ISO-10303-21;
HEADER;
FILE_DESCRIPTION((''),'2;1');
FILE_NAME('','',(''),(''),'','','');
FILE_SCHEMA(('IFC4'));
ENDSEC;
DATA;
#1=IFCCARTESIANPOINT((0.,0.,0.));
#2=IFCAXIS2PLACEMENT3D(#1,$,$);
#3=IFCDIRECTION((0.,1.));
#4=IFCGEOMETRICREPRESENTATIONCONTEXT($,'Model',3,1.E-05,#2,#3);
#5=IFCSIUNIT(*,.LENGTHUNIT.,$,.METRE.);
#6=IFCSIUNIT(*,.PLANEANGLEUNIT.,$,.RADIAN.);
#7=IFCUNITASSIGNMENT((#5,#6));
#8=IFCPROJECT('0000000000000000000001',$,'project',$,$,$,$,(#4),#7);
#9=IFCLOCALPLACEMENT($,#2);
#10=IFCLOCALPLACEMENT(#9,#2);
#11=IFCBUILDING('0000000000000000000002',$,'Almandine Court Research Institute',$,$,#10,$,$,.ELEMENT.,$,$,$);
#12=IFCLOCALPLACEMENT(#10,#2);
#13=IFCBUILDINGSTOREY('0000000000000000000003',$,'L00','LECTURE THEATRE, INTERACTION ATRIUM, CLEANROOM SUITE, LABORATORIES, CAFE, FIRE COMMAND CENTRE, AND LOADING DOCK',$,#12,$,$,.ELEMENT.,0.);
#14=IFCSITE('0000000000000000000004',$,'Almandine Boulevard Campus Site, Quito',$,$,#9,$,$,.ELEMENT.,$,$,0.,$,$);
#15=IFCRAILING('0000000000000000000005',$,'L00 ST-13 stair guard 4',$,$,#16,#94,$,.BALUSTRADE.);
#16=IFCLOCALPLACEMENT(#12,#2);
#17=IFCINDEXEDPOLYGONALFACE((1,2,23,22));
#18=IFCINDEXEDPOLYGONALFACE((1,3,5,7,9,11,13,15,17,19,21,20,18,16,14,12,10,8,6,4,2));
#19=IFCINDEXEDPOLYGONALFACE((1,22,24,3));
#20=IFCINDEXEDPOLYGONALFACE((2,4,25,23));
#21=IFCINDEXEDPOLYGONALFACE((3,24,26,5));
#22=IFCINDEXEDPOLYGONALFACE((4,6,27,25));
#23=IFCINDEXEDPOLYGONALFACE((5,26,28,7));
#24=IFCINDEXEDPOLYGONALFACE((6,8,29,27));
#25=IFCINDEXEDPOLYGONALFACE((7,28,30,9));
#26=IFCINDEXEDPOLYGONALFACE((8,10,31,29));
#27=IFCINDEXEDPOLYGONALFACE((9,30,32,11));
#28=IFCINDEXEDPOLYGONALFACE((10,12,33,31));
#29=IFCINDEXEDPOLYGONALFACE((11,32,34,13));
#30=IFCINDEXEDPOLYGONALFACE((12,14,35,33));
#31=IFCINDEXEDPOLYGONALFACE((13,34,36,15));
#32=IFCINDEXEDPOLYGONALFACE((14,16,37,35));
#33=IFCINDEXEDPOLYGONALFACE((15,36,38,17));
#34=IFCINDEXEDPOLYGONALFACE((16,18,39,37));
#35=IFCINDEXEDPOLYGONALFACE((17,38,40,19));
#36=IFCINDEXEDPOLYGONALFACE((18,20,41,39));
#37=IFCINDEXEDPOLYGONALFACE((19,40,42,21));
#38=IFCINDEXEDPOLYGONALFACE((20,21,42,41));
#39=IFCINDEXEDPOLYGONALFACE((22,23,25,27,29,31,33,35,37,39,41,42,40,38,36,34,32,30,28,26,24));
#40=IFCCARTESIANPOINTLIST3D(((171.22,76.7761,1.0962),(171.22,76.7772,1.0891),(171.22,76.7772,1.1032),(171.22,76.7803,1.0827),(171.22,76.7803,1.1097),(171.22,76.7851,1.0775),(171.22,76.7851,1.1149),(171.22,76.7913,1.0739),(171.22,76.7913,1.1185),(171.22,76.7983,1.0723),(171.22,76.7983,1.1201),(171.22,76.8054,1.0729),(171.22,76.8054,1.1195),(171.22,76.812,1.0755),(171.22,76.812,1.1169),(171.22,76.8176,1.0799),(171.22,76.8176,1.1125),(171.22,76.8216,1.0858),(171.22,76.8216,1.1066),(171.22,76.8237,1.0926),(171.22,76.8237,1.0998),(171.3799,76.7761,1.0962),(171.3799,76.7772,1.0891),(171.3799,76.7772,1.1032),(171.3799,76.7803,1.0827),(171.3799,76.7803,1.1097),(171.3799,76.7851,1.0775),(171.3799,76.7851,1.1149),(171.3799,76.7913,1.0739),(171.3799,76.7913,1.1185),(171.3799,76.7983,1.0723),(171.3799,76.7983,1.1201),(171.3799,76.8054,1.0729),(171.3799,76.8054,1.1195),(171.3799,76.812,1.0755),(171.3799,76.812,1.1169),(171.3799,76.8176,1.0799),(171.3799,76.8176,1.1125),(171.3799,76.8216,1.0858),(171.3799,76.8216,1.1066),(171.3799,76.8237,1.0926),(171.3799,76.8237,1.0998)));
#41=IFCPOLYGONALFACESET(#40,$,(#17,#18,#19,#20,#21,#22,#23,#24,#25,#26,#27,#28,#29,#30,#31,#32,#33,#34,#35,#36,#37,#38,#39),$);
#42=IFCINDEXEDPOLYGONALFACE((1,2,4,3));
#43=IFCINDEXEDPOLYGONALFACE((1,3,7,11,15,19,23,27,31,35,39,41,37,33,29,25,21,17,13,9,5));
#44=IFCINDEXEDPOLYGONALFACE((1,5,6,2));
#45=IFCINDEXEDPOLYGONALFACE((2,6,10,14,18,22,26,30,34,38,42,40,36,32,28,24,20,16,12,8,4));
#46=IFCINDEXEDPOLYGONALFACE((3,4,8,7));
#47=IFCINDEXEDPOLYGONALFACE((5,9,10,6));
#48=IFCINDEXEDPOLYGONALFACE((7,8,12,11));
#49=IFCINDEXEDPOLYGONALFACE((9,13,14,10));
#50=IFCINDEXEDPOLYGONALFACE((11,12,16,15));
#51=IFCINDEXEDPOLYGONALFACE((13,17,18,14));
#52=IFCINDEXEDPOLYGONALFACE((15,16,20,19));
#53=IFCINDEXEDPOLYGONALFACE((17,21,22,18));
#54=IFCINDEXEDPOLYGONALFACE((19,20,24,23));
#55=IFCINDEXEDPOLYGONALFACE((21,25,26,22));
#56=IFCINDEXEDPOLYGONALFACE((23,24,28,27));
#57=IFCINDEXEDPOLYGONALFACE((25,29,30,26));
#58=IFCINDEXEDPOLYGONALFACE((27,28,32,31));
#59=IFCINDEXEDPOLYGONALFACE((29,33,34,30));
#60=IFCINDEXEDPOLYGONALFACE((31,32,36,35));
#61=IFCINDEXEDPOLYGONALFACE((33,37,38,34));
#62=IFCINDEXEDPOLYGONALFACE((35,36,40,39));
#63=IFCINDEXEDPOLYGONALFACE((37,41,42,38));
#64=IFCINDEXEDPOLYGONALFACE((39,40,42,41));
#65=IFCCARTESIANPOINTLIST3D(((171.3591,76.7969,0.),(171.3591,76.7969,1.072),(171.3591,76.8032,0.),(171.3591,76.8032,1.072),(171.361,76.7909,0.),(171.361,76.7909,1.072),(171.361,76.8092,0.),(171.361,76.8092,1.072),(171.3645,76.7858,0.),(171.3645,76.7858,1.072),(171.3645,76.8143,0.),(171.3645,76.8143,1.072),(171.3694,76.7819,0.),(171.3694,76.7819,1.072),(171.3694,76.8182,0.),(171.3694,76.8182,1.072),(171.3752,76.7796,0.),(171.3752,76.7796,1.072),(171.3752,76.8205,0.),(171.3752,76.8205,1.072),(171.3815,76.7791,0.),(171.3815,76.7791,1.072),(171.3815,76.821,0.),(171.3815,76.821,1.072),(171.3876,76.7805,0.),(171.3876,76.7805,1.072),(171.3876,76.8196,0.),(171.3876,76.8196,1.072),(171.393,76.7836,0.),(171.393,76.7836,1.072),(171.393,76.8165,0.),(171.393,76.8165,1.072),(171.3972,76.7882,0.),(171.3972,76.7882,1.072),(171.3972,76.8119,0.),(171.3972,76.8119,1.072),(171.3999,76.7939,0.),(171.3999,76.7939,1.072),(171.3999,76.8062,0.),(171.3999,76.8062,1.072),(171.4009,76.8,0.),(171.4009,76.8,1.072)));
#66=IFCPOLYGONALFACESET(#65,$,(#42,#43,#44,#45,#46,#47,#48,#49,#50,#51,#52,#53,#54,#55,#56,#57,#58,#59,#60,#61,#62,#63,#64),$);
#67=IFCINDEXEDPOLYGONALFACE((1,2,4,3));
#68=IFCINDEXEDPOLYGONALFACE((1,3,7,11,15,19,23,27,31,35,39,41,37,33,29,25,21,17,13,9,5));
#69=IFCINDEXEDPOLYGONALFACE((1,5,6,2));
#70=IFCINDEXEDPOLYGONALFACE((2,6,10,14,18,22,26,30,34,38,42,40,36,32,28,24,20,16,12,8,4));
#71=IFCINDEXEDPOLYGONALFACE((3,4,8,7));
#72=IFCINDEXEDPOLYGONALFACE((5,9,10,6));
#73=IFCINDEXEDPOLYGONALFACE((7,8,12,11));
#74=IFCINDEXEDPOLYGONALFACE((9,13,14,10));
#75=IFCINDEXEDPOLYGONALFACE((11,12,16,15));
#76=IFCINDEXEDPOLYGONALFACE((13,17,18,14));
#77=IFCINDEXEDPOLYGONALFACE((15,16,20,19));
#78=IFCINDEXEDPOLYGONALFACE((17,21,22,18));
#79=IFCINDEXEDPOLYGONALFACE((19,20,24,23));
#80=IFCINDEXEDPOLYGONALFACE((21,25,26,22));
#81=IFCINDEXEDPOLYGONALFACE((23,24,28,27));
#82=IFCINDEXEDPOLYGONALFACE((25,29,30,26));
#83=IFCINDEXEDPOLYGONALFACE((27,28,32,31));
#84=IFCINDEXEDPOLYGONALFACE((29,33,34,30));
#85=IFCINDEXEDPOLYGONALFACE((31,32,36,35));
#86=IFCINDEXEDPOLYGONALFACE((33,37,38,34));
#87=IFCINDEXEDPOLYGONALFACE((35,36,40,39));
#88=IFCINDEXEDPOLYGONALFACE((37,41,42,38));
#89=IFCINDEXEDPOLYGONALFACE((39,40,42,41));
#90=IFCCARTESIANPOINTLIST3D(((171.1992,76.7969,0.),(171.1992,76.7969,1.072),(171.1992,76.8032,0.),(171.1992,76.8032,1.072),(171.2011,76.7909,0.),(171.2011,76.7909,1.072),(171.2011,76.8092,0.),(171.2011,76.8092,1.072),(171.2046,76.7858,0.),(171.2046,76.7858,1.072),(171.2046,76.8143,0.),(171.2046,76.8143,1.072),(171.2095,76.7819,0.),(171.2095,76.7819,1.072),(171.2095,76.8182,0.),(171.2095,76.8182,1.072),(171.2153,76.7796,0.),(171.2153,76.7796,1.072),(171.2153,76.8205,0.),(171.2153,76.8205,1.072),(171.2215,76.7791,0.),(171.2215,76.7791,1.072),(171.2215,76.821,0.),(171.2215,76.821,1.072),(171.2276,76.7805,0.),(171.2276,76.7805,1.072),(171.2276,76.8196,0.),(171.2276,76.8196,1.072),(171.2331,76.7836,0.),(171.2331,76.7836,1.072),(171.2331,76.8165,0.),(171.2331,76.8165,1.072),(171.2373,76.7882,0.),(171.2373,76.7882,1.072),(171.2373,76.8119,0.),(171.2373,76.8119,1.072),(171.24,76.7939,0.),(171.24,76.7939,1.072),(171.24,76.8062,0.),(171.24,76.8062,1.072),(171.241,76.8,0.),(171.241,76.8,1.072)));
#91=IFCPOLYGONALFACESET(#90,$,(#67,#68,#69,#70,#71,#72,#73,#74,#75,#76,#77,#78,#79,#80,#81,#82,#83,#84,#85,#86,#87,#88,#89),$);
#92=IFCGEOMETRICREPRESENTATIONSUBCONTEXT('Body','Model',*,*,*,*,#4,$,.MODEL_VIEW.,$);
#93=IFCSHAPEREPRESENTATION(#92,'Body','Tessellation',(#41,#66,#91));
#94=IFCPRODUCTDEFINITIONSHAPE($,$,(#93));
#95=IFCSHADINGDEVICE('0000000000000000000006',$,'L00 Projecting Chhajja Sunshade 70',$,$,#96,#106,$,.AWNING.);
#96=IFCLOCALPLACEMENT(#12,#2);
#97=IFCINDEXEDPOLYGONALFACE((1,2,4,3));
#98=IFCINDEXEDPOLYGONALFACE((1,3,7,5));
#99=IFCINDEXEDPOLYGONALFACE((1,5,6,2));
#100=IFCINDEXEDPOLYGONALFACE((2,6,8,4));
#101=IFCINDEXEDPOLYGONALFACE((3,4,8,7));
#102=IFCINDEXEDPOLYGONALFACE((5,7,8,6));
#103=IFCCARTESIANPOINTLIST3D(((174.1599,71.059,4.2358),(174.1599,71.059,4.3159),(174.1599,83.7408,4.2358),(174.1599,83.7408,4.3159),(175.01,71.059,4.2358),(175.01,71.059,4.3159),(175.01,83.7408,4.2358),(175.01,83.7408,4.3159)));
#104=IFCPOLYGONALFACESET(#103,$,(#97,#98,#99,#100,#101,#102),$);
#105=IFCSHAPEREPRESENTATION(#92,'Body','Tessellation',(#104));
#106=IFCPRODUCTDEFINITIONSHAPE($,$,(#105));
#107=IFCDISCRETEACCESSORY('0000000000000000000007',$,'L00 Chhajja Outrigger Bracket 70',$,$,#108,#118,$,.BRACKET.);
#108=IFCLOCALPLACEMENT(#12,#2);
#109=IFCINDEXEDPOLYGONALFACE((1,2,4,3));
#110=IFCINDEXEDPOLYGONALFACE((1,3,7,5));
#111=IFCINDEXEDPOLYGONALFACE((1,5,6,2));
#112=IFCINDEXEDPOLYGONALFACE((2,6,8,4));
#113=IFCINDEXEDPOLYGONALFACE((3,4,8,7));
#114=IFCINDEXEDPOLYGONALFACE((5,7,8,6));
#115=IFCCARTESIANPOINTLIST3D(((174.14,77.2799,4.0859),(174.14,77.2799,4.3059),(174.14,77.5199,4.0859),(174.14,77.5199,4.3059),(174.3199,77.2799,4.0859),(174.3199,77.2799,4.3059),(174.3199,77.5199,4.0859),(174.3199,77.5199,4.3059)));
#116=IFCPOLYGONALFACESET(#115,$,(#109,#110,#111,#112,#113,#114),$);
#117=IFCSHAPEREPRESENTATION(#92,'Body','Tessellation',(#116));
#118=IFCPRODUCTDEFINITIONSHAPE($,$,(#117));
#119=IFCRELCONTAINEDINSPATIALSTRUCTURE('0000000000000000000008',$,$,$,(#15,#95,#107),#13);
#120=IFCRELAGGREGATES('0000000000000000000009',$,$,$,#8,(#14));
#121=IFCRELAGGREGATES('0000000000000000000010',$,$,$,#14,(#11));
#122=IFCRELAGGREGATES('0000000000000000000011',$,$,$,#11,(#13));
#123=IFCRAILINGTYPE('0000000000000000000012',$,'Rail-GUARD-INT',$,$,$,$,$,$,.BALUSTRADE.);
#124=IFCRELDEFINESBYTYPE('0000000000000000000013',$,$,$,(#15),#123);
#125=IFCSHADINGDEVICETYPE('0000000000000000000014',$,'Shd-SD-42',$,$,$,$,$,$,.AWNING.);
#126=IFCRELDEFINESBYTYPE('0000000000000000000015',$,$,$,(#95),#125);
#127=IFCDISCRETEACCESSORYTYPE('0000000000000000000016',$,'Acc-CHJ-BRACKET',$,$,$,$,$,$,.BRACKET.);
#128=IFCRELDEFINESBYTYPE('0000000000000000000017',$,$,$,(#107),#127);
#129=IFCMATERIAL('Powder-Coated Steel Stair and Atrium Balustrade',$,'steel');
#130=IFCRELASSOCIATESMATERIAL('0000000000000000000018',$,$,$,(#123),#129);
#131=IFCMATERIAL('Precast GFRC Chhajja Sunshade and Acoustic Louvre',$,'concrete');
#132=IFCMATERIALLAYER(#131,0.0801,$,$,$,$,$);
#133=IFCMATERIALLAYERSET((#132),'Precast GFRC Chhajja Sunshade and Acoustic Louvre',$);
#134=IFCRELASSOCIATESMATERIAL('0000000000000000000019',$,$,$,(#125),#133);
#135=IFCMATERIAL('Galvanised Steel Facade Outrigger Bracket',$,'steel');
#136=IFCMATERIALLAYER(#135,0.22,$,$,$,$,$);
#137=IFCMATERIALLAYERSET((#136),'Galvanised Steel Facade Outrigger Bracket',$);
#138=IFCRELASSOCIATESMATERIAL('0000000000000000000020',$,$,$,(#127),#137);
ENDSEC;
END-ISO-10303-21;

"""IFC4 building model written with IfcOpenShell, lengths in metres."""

from ifc_helpers import new_model, si_unit, direction, frame, origin, origin_2d, place, context, subcontext, project, spatial, rectangle, circle, extrude, material, layer, layer_set, type_object, element, save


model = new_model("IFC4")

# Units and contexts
model_context = context("Model", 3, precision=1e-05, world=origin(), true_north=direction((0.0, 1.0)))
body_context = subcontext(model_context, "Body", "Model", "MODEL_VIEW")
ifc_project = project(units=[si_unit("LENGTHUNIT", "METRE"), si_unit("PLANEANGLEUNIT", "RADIAN")], contexts=[model_context])

# Site, building, storey
site_placement = place(None, origin())
site = spatial("IfcSite", under=ifc_project, at=site_placement, Name="Almandine Boulevard Campus Site, Quito", CompositionType="ELEMENT", RefElevation=0.0)
building_placement = place(site_placement, origin())
building = spatial("IfcBuilding", under=site, at=building_placement, Name="Almandine Court Research Institute", CompositionType="ELEMENT")
storey_placement = place(building_placement, origin())
storey = spatial("IfcBuildingStorey", under=building, at=storey_placement, Name="L00", Description="LECTURE THEATRE, INTERACTION ATRIUM, CLEANROOM SUITE, LABORATORIES, CAFE, FIRE COMMAND CENTRE, AND LOADING DOCK", CompositionType="ELEMENT", Elevation=0.0)

# Railing
ifc_material_1 = material(Name="Powder-Coated Steel Stair and Atrium Balustrade", Category="steel")
railing_type_1 = type_object("IfcRailingType", Name="Rail-GUARD-INT", PredefinedType="BALUSTRADE", material=ifc_material_1)
railing_1_placement = place(storey_placement, frame((171.3799, 76.8, 0.0)))
element("IfcRailing", 1, at=railing_1_placement, inside=storey, type_object=railing_type_1, Name="L00 ST-13 stair guard 4", PredefinedType="BALUSTRADE", context=body_context, shape_type="SweptSolid", body=[
    extrude(circle(Radius=0.0239, at=origin_2d()), frame((0.0, 0.0, 1.0962), z_axis=(-1.0, 0.0, 0.0), x_axis=(0.0, -1.0, 0.0)), (0.0, 0.0, 1.0), 0.1599),
    extrude(circle(Radius=0.021, at=origin_2d()), origin(), (0.0, 0.0, 1.0), 1.072),
    extrude(circle(Radius=0.021, at=origin_2d()), frame((-0.1599, 0.0, 0.0)), (0.0, 0.0, 1.0), 1.072),
])

# Shading device
ifc_material_2 = material(Name="Precast GFRC Chhajja Sunshade and Acoustic Louvre", Category="concrete")
ifc_layer_1 = layer(ifc_material_2, 0.0801)
ifc_layer_set_1 = layer_set([ifc_layer_1], Name="Precast GFRC Chhajja Sunshade and Acoustic Louvre")
shading_device_type = type_object("IfcShadingDeviceType", Name="Shd-SD-42", PredefinedType="AWNING", material=ifc_layer_set_1)
shading_device_placement = place(storey_placement, frame((174.585, 77.3999, 4.2358), z_axis=(0.0, 0.0, 1.0), x_axis=(0.0, -1.0, 0.0)))
element("IfcShadingDevice", 2, at=shading_device_placement, inside=storey, type_object=shading_device_type, Name="L00 Projecting Chhajja Sunshade 70", PredefinedType="AWNING", context=body_context, shape_type="SweptSolid", body=[
    extrude(rectangle(XDim=12.6819, YDim=0.8501, at=origin_2d()), origin(), (0.0, 0.0, 1.0), 0.0801),
])

# Discrete accessory
ifc_material_3 = material(Name="Galvanised Steel Facade Outrigger Bracket", Category="steel")
ifc_layer_2 = layer(ifc_material_3, 0.22)
ifc_layer_set_2 = layer_set([ifc_layer_2], Name="Galvanised Steel Facade Outrigger Bracket")
discrete_accessory_type = type_object("IfcDiscreteAccessoryType", Name="Acc-CHJ-BRACKET", PredefinedType="BRACKET", material=ifc_layer_set_2)
discrete_accessory_placement = place(storey_placement, frame((174.23, 77.3999, 4.0859), z_axis=(0.0, 0.0, 1.0), x_axis=(0.0, -1.0, 0.0)))
element("IfcDiscreteAccessory", 3, at=discrete_accessory_placement, inside=storey, type_object=discrete_accessory_type, Name="L00 Chhajja Outrigger Bracket 70", PredefinedType="BRACKET", context=body_context, shape_type="SweptSolid", body=[
    extrude(rectangle(XDim=0.24, YDim=0.1799, at=origin_2d()), origin(), (0.0, 0.0, 1.0), 0.22),
])

save(model, "model.ifc")
